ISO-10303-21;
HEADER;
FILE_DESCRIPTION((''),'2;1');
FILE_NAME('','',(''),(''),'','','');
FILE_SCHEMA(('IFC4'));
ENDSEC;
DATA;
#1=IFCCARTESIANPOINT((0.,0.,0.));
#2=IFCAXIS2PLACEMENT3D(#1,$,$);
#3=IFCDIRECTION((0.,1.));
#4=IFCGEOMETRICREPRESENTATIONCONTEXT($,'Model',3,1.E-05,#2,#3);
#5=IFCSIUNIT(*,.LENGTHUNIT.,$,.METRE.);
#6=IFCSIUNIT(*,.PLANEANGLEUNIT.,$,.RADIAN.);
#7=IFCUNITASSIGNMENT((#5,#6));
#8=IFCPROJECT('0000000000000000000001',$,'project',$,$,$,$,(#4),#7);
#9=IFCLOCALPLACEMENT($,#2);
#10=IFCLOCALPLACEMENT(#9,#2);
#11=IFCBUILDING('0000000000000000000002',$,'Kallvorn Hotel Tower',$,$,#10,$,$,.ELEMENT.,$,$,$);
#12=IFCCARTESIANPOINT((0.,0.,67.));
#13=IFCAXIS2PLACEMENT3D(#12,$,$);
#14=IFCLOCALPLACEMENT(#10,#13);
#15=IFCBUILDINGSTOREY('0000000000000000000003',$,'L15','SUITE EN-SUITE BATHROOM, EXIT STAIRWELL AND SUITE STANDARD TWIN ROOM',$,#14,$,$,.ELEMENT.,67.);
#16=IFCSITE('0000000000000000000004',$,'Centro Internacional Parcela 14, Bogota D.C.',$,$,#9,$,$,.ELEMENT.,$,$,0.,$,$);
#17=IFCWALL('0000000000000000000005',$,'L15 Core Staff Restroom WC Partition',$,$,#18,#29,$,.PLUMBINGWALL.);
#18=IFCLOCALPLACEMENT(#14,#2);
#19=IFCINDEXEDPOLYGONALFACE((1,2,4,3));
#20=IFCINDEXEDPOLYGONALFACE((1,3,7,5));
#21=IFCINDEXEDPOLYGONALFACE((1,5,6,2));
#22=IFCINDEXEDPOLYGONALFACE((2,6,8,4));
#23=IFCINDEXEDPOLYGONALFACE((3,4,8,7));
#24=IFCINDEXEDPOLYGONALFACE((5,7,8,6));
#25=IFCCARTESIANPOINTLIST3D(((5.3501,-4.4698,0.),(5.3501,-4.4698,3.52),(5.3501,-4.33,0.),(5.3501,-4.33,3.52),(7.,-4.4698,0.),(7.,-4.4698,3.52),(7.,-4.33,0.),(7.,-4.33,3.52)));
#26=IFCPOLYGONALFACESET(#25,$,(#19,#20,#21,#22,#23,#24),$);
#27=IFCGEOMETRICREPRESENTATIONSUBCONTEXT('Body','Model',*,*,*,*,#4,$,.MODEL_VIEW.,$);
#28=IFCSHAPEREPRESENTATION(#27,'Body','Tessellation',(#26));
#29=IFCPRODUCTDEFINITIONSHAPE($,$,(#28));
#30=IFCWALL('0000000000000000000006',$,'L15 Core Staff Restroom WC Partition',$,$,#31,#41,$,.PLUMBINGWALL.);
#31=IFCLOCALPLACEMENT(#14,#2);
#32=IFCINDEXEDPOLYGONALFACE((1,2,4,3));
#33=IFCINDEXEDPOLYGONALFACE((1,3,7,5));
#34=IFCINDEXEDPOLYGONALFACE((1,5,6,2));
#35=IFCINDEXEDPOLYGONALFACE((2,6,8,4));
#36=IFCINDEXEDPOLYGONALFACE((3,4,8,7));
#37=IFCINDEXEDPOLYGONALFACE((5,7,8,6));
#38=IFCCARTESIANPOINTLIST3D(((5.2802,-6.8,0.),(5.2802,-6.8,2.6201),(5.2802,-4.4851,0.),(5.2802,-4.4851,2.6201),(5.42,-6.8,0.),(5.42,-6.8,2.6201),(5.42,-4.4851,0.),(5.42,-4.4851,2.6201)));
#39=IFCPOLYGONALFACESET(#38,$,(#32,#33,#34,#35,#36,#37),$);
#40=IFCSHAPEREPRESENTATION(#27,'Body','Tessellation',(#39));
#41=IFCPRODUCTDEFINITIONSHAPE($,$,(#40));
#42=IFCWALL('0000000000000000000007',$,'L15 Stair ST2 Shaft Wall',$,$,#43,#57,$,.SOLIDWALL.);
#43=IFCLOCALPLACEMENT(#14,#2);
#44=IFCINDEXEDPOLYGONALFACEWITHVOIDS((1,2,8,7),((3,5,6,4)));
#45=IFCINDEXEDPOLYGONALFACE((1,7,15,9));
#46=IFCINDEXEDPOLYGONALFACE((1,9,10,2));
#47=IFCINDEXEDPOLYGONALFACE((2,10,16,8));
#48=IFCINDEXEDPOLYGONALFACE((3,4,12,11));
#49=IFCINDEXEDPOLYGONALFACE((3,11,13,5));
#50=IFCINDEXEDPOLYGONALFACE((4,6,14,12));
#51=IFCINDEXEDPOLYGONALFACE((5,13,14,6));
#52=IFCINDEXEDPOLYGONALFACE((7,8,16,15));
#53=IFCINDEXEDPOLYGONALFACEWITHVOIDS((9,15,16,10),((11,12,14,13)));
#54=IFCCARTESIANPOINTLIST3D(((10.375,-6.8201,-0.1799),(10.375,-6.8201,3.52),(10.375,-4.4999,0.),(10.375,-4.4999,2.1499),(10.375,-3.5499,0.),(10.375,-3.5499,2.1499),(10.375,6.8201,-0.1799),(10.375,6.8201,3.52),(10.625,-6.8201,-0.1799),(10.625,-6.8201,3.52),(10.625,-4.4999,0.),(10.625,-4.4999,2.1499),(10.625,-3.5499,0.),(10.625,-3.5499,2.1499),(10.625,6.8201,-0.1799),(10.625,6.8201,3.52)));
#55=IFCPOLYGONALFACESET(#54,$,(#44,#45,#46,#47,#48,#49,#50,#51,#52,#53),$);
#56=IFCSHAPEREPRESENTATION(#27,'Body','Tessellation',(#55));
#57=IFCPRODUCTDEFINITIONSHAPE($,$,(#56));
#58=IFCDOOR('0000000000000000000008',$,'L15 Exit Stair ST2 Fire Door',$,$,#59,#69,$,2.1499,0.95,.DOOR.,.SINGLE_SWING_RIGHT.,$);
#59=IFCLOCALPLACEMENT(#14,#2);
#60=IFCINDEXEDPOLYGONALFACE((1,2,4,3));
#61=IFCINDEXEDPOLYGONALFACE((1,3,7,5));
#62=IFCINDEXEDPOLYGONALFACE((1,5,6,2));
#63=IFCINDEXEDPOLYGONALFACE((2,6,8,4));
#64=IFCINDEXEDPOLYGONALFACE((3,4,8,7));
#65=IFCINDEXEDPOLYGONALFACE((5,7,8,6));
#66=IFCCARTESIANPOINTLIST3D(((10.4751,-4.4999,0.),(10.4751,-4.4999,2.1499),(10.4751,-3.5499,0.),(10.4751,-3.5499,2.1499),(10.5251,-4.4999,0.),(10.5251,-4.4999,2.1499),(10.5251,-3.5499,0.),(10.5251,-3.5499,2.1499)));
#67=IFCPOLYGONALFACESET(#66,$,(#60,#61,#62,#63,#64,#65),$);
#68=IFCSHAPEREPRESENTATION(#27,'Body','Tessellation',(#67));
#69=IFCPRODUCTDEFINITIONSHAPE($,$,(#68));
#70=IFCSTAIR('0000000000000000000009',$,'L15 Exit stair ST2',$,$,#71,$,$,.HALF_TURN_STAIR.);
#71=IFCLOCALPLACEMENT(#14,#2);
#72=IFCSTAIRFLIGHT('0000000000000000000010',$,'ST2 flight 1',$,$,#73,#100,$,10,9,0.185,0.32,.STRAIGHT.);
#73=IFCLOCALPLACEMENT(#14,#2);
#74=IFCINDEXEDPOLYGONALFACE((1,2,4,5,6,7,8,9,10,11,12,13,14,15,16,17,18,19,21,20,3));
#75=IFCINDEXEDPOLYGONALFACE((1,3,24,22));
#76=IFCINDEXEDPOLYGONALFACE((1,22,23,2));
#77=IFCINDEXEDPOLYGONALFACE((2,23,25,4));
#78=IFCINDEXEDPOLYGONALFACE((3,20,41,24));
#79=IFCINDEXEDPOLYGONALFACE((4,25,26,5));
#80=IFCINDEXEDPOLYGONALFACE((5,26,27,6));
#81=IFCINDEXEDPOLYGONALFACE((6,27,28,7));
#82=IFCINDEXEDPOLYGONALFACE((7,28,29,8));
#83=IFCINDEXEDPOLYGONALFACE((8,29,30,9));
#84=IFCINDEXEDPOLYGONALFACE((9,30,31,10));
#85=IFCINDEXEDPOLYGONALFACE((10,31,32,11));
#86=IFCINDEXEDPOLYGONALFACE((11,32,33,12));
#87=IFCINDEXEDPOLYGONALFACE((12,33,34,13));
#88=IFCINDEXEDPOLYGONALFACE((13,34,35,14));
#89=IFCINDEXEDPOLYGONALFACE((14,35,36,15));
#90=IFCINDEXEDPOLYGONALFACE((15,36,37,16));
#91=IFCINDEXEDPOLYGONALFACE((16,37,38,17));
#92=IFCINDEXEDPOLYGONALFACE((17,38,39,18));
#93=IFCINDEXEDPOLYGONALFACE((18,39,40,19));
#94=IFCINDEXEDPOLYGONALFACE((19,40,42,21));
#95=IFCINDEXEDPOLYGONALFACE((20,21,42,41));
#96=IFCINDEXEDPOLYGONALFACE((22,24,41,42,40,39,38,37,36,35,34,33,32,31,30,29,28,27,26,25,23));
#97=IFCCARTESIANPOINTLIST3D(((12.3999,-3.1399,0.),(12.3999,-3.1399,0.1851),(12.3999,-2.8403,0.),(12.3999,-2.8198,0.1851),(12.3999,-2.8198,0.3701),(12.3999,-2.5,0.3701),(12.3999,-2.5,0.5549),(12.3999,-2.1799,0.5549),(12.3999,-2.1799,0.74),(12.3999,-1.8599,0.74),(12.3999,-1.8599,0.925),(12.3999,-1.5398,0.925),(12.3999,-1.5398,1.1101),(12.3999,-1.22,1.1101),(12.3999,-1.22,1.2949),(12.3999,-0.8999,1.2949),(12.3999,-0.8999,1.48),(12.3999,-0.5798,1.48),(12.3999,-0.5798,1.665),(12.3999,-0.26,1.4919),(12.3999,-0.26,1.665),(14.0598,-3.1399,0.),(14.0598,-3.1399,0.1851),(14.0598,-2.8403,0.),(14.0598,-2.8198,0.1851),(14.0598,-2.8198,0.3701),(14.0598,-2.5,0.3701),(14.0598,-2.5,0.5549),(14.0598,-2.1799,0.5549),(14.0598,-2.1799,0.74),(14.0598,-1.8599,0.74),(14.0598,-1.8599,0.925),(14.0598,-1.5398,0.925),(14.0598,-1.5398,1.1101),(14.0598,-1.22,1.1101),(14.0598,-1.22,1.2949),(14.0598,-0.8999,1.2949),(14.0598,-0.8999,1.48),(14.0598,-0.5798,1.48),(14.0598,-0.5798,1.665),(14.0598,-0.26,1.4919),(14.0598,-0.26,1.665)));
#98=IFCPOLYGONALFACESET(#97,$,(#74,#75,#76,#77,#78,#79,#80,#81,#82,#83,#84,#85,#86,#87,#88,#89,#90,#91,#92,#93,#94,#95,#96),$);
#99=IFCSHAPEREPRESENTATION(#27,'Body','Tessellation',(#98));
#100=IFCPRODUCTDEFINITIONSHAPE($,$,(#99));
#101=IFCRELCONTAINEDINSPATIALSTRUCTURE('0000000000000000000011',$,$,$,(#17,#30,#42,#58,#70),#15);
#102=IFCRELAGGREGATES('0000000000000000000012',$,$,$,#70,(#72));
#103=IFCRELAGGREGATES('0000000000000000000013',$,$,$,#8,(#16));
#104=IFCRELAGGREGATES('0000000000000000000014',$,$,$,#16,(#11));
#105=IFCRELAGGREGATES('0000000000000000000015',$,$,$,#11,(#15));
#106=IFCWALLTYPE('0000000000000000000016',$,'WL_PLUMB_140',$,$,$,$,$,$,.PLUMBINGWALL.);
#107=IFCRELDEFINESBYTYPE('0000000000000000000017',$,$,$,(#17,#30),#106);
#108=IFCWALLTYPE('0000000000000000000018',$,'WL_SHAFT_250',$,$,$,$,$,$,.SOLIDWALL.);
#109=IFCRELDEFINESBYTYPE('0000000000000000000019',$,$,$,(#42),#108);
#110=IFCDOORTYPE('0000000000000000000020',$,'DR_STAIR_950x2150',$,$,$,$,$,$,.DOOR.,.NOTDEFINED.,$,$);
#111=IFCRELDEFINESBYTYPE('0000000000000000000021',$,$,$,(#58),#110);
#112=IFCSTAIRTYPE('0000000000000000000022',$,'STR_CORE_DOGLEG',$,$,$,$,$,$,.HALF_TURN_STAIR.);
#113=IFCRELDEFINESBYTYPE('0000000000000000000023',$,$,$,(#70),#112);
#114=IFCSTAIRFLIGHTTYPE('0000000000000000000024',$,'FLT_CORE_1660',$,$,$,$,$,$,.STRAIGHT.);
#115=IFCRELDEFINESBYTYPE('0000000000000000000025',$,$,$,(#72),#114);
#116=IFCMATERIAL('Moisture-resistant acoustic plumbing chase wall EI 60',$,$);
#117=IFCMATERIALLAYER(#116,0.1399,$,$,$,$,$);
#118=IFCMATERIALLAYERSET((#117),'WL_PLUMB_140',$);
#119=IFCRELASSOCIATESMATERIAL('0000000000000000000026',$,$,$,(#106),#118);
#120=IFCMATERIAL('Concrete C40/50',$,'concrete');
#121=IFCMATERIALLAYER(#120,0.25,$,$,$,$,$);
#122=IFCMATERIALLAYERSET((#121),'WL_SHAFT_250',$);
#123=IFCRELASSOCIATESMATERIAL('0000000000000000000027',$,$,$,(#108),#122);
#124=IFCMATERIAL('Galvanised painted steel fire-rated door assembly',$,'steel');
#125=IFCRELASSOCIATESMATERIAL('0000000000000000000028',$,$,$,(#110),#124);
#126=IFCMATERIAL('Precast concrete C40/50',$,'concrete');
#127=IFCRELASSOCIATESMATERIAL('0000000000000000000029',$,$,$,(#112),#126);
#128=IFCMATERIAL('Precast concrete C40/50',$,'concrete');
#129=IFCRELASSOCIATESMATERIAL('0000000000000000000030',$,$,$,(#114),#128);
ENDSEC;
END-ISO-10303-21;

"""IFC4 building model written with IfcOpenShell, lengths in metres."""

from ifc_helpers import new_model, si_unit, direction, frame, frame_2d, origin, place, context, subcontext, project, spatial, polyline, rectangle, outline, extrude, material, layer, layer_set, type_object, element, fill, aggregate, save


model = new_model("IFC4")

# Units and contexts
model_context = context("Model", 3, precision=1e-05, world=origin(), true_north=direction((0.0, 1.0)))
body_context = subcontext(model_context, "Body", "Model", "MODEL_VIEW")
ifc_project = project(units=[si_unit("LENGTHUNIT", "METRE"), si_unit("PLANEANGLEUNIT", "RADIAN")], contexts=[model_context])

# Site, building, storey
site_placement = place(None, origin())
site = spatial("IfcSite", under=ifc_project, at=site_placement, Name="Centro Internacional Parcela 14, Bogota D.C.", CompositionType="ELEMENT", RefElevation=0.0)
building_placement = place(site_placement, origin())
building = spatial("IfcBuilding", under=site, at=building_placement, Name="Kallvorn Hotel Tower", CompositionType="ELEMENT")
storey_placement = place(building_placement, frame((0.0, 0.0, 67.0)))
storey = spatial("IfcBuildingStorey", under=building, at=storey_placement, Name="L15", Description="SUITE EN-SUITE BATHROOM, EXIT STAIRWELL AND SUITE STANDARD TWIN ROOM", CompositionType="ELEMENT", Elevation=67.0)

# Walls
ifc_material_1 = material(Name="Moisture-resistant acoustic plumbing chase wall EI 60")
ifc_layer_1 = layer(ifc_material_1, 0.1399)
ifc_layer_set_1 = layer_set([ifc_layer_1], Name="WL_PLUMB_140")
wall_type_1 = type_object("IfcWallType", Name="WL_PLUMB_140", PredefinedType="PLUMBINGWALL", material=ifc_layer_set_1)
wall_1_placement = place(storey_placement, frame((5.3501, -4.3999, 0.0), z_axis=(0.0, 0.0, 1.0), x_axis=(1.0, 0.0, 0.0)))
element("IfcWall", 1, at=wall_1_placement, inside=storey, type_object=wall_type_1, Name="L15 Core Staff Restroom WC Partition", PredefinedType="PLUMBINGWALL", context=body_context, shape_type="SweptSolid", body=[
    extrude(rectangle(XDim=1.6499, YDim=0.1399, at=frame_2d((0.825, 0.0))), origin(), (0.0, 0.0, 1.0), 3.52),
])
wall_2_placement = place(storey_placement, frame((5.3501, -6.8, 0.0), z_axis=(0.0, 0.0, 1.0), x_axis=(0.0, 1.0, 0.0)))
element("IfcWall", 2, at=wall_2_placement, inside=storey, type_object=wall_type_1, Name="L15 Core Staff Restroom WC Partition", PredefinedType="PLUMBINGWALL", context=body_context, shape_type="SweptSolid", body=[
    extrude(rectangle(XDim=2.3149, YDim=0.1399, at=frame_2d((1.1575, 0.0))), origin(), (0.0, 0.0, 1.0), 2.6201),
])

# Shared definitions
ifc_material_2 = material(Name="Concrete C40/50", Category="concrete")
ifc_layer_2 = layer(ifc_material_2, 0.25)
ifc_layer_set_2 = layer_set([ifc_layer_2], Name="WL_SHAFT_250")
wall_type_2 = type_object("IfcWallType", Name="WL_SHAFT_250", PredefinedType="SOLIDWALL", material=ifc_layer_set_2)

# Wall, opening, door
wall_3_placement = place(storey_placement, frame((10.5, -6.8201, -0.1799), z_axis=(0.0, 0.0, 1.0), x_axis=(0.0, 1.0, 0.0)))
wall_3 = element("IfcWall", 3, at=wall_3_placement, inside=storey, type_object=wall_type_2, Name="L15 Stair ST2 Shaft Wall", PredefinedType="SOLIDWALL", context=body_context, shape_type="SweptSolid", body=[
    extrude(rectangle(XDim=13.6401, YDim=0.25, at=frame_2d((6.8201, 0.0))), origin(), (0.0, 0.0, 1.0), 3.7),
])
opening_1_placement = place(wall_3_placement, frame((2.3201, 0.0, 0.1799)))
opening_1 = element("IfcOpeningElement", 4, at=opening_1_placement, cuts=wall_3, PredefinedType="OPENING", context=body_context, shape_type="SweptSolid", body=[
    extrude(rectangle(XDim=0.95, YDim=2.1499, at=frame_2d((0.4751, 1.075))), frame((0.0, 0.1399, 0.0), z_axis=(0.0, -1.0, 0.0), x_axis=(1.0, 0.0, 0.0)), (0.0, 0.0, 1.0), 0.28),
])
ifc_material_3 = material(Name="Galvanised painted steel fire-rated door assembly", Category="steel")
door_type_1 = type_object("IfcDoorType", Name="DR_STAIR_950x2150", OperationType="NOTDEFINED", PredefinedType="DOOR", material=ifc_material_3)
door_1_placement = place(opening_1_placement, origin())
door_1 = element("IfcDoor", 5, at=door_1_placement, inside=storey, type_object=door_type_1, Name="L15 Exit Stair ST2 Fire Door", OperationType="SINGLE_SWING_RIGHT", OverallHeight=2.1499, OverallWidth=0.95, PredefinedType="DOOR", context=body_context, shape_type="SweptSolid", body=[
    extrude(rectangle(XDim=0.95, YDim=2.1499, at=frame_2d((0.4751, 1.075))), frame((0.0, 0.0249, 0.0), z_axis=(0.0, -1.0, 0.0), x_axis=(1.0, 0.0, 0.0)), (0.0, 0.0, 1.0), 0.05),
])
fill(opening_1, door_1)

# Stair, stair flight
ifc_material_4 = material(Name="Precast concrete C40/50", Category="concrete")
stair_type = type_object("IfcStairType", Name="STR_CORE_DOGLEG", PredefinedType="HALF_TURN_STAIR", material=ifc_material_4)
stair_placement = place(storey_placement, origin())
stair = element("IfcStair", 6, at=stair_placement, inside=storey, type_object=stair_type, Name="L15 Exit stair ST2", PredefinedType="HALF_TURN_STAIR")
ifc_material_5 = material(Name="Precast concrete C40/50", Category="concrete")
stair_flight_type = type_object("IfcStairFlightType", Name="FLT_CORE_1660", PredefinedType="STRAIGHT", material=ifc_material_5)
stair_flight_placement = place(storey_placement, frame((13.23, -3.1399, 0.0), z_axis=(0.0, 0.0, 1.0), x_axis=(0.0, 1.0, 0.0)))
stair_flight = element("IfcStairFlight", 7, at=stair_flight_placement, type_object=stair_flight_type, Name="ST2 flight 1", NumberOfRisers=10, NumberOfTreads=9, PredefinedType="STRAIGHT", RiserHeight=0.185, TreadLength=0.32, context=body_context, shape_type="SweptSolid", body=[
    extrude(outline(polyline([(0.0, 0.0), (0.0, 0.1851), (0.3201, 0.1851), (0.3201, 0.3701), (0.6399, 0.3701), (0.6399, 0.5549), (0.96, 0.5549), (0.96, 0.74), (1.28, 0.74), (1.28, 0.925), (1.6001, 0.925), (1.6001, 1.1101), (1.9199, 1.1101), (1.9199, 1.2949), (2.24, 1.2949), (2.24, 1.48), (2.5601, 1.48), (2.5601, 1.665), (2.8799, 1.665), (2.8799, 1.8501), (2.8799, 1.4919), (0.2996, 0.0), (0.0, 0.0)])), frame((0.0, 0.8301, 0.0), z_axis=(0.0, -1.0, 0.0), x_axis=(1.0, 0.0, 0.0)), (0.0, 0.0, 1.0), 1.6599),
])
aggregate(stair, [stair_flight])

save(model, "model.ifc")
